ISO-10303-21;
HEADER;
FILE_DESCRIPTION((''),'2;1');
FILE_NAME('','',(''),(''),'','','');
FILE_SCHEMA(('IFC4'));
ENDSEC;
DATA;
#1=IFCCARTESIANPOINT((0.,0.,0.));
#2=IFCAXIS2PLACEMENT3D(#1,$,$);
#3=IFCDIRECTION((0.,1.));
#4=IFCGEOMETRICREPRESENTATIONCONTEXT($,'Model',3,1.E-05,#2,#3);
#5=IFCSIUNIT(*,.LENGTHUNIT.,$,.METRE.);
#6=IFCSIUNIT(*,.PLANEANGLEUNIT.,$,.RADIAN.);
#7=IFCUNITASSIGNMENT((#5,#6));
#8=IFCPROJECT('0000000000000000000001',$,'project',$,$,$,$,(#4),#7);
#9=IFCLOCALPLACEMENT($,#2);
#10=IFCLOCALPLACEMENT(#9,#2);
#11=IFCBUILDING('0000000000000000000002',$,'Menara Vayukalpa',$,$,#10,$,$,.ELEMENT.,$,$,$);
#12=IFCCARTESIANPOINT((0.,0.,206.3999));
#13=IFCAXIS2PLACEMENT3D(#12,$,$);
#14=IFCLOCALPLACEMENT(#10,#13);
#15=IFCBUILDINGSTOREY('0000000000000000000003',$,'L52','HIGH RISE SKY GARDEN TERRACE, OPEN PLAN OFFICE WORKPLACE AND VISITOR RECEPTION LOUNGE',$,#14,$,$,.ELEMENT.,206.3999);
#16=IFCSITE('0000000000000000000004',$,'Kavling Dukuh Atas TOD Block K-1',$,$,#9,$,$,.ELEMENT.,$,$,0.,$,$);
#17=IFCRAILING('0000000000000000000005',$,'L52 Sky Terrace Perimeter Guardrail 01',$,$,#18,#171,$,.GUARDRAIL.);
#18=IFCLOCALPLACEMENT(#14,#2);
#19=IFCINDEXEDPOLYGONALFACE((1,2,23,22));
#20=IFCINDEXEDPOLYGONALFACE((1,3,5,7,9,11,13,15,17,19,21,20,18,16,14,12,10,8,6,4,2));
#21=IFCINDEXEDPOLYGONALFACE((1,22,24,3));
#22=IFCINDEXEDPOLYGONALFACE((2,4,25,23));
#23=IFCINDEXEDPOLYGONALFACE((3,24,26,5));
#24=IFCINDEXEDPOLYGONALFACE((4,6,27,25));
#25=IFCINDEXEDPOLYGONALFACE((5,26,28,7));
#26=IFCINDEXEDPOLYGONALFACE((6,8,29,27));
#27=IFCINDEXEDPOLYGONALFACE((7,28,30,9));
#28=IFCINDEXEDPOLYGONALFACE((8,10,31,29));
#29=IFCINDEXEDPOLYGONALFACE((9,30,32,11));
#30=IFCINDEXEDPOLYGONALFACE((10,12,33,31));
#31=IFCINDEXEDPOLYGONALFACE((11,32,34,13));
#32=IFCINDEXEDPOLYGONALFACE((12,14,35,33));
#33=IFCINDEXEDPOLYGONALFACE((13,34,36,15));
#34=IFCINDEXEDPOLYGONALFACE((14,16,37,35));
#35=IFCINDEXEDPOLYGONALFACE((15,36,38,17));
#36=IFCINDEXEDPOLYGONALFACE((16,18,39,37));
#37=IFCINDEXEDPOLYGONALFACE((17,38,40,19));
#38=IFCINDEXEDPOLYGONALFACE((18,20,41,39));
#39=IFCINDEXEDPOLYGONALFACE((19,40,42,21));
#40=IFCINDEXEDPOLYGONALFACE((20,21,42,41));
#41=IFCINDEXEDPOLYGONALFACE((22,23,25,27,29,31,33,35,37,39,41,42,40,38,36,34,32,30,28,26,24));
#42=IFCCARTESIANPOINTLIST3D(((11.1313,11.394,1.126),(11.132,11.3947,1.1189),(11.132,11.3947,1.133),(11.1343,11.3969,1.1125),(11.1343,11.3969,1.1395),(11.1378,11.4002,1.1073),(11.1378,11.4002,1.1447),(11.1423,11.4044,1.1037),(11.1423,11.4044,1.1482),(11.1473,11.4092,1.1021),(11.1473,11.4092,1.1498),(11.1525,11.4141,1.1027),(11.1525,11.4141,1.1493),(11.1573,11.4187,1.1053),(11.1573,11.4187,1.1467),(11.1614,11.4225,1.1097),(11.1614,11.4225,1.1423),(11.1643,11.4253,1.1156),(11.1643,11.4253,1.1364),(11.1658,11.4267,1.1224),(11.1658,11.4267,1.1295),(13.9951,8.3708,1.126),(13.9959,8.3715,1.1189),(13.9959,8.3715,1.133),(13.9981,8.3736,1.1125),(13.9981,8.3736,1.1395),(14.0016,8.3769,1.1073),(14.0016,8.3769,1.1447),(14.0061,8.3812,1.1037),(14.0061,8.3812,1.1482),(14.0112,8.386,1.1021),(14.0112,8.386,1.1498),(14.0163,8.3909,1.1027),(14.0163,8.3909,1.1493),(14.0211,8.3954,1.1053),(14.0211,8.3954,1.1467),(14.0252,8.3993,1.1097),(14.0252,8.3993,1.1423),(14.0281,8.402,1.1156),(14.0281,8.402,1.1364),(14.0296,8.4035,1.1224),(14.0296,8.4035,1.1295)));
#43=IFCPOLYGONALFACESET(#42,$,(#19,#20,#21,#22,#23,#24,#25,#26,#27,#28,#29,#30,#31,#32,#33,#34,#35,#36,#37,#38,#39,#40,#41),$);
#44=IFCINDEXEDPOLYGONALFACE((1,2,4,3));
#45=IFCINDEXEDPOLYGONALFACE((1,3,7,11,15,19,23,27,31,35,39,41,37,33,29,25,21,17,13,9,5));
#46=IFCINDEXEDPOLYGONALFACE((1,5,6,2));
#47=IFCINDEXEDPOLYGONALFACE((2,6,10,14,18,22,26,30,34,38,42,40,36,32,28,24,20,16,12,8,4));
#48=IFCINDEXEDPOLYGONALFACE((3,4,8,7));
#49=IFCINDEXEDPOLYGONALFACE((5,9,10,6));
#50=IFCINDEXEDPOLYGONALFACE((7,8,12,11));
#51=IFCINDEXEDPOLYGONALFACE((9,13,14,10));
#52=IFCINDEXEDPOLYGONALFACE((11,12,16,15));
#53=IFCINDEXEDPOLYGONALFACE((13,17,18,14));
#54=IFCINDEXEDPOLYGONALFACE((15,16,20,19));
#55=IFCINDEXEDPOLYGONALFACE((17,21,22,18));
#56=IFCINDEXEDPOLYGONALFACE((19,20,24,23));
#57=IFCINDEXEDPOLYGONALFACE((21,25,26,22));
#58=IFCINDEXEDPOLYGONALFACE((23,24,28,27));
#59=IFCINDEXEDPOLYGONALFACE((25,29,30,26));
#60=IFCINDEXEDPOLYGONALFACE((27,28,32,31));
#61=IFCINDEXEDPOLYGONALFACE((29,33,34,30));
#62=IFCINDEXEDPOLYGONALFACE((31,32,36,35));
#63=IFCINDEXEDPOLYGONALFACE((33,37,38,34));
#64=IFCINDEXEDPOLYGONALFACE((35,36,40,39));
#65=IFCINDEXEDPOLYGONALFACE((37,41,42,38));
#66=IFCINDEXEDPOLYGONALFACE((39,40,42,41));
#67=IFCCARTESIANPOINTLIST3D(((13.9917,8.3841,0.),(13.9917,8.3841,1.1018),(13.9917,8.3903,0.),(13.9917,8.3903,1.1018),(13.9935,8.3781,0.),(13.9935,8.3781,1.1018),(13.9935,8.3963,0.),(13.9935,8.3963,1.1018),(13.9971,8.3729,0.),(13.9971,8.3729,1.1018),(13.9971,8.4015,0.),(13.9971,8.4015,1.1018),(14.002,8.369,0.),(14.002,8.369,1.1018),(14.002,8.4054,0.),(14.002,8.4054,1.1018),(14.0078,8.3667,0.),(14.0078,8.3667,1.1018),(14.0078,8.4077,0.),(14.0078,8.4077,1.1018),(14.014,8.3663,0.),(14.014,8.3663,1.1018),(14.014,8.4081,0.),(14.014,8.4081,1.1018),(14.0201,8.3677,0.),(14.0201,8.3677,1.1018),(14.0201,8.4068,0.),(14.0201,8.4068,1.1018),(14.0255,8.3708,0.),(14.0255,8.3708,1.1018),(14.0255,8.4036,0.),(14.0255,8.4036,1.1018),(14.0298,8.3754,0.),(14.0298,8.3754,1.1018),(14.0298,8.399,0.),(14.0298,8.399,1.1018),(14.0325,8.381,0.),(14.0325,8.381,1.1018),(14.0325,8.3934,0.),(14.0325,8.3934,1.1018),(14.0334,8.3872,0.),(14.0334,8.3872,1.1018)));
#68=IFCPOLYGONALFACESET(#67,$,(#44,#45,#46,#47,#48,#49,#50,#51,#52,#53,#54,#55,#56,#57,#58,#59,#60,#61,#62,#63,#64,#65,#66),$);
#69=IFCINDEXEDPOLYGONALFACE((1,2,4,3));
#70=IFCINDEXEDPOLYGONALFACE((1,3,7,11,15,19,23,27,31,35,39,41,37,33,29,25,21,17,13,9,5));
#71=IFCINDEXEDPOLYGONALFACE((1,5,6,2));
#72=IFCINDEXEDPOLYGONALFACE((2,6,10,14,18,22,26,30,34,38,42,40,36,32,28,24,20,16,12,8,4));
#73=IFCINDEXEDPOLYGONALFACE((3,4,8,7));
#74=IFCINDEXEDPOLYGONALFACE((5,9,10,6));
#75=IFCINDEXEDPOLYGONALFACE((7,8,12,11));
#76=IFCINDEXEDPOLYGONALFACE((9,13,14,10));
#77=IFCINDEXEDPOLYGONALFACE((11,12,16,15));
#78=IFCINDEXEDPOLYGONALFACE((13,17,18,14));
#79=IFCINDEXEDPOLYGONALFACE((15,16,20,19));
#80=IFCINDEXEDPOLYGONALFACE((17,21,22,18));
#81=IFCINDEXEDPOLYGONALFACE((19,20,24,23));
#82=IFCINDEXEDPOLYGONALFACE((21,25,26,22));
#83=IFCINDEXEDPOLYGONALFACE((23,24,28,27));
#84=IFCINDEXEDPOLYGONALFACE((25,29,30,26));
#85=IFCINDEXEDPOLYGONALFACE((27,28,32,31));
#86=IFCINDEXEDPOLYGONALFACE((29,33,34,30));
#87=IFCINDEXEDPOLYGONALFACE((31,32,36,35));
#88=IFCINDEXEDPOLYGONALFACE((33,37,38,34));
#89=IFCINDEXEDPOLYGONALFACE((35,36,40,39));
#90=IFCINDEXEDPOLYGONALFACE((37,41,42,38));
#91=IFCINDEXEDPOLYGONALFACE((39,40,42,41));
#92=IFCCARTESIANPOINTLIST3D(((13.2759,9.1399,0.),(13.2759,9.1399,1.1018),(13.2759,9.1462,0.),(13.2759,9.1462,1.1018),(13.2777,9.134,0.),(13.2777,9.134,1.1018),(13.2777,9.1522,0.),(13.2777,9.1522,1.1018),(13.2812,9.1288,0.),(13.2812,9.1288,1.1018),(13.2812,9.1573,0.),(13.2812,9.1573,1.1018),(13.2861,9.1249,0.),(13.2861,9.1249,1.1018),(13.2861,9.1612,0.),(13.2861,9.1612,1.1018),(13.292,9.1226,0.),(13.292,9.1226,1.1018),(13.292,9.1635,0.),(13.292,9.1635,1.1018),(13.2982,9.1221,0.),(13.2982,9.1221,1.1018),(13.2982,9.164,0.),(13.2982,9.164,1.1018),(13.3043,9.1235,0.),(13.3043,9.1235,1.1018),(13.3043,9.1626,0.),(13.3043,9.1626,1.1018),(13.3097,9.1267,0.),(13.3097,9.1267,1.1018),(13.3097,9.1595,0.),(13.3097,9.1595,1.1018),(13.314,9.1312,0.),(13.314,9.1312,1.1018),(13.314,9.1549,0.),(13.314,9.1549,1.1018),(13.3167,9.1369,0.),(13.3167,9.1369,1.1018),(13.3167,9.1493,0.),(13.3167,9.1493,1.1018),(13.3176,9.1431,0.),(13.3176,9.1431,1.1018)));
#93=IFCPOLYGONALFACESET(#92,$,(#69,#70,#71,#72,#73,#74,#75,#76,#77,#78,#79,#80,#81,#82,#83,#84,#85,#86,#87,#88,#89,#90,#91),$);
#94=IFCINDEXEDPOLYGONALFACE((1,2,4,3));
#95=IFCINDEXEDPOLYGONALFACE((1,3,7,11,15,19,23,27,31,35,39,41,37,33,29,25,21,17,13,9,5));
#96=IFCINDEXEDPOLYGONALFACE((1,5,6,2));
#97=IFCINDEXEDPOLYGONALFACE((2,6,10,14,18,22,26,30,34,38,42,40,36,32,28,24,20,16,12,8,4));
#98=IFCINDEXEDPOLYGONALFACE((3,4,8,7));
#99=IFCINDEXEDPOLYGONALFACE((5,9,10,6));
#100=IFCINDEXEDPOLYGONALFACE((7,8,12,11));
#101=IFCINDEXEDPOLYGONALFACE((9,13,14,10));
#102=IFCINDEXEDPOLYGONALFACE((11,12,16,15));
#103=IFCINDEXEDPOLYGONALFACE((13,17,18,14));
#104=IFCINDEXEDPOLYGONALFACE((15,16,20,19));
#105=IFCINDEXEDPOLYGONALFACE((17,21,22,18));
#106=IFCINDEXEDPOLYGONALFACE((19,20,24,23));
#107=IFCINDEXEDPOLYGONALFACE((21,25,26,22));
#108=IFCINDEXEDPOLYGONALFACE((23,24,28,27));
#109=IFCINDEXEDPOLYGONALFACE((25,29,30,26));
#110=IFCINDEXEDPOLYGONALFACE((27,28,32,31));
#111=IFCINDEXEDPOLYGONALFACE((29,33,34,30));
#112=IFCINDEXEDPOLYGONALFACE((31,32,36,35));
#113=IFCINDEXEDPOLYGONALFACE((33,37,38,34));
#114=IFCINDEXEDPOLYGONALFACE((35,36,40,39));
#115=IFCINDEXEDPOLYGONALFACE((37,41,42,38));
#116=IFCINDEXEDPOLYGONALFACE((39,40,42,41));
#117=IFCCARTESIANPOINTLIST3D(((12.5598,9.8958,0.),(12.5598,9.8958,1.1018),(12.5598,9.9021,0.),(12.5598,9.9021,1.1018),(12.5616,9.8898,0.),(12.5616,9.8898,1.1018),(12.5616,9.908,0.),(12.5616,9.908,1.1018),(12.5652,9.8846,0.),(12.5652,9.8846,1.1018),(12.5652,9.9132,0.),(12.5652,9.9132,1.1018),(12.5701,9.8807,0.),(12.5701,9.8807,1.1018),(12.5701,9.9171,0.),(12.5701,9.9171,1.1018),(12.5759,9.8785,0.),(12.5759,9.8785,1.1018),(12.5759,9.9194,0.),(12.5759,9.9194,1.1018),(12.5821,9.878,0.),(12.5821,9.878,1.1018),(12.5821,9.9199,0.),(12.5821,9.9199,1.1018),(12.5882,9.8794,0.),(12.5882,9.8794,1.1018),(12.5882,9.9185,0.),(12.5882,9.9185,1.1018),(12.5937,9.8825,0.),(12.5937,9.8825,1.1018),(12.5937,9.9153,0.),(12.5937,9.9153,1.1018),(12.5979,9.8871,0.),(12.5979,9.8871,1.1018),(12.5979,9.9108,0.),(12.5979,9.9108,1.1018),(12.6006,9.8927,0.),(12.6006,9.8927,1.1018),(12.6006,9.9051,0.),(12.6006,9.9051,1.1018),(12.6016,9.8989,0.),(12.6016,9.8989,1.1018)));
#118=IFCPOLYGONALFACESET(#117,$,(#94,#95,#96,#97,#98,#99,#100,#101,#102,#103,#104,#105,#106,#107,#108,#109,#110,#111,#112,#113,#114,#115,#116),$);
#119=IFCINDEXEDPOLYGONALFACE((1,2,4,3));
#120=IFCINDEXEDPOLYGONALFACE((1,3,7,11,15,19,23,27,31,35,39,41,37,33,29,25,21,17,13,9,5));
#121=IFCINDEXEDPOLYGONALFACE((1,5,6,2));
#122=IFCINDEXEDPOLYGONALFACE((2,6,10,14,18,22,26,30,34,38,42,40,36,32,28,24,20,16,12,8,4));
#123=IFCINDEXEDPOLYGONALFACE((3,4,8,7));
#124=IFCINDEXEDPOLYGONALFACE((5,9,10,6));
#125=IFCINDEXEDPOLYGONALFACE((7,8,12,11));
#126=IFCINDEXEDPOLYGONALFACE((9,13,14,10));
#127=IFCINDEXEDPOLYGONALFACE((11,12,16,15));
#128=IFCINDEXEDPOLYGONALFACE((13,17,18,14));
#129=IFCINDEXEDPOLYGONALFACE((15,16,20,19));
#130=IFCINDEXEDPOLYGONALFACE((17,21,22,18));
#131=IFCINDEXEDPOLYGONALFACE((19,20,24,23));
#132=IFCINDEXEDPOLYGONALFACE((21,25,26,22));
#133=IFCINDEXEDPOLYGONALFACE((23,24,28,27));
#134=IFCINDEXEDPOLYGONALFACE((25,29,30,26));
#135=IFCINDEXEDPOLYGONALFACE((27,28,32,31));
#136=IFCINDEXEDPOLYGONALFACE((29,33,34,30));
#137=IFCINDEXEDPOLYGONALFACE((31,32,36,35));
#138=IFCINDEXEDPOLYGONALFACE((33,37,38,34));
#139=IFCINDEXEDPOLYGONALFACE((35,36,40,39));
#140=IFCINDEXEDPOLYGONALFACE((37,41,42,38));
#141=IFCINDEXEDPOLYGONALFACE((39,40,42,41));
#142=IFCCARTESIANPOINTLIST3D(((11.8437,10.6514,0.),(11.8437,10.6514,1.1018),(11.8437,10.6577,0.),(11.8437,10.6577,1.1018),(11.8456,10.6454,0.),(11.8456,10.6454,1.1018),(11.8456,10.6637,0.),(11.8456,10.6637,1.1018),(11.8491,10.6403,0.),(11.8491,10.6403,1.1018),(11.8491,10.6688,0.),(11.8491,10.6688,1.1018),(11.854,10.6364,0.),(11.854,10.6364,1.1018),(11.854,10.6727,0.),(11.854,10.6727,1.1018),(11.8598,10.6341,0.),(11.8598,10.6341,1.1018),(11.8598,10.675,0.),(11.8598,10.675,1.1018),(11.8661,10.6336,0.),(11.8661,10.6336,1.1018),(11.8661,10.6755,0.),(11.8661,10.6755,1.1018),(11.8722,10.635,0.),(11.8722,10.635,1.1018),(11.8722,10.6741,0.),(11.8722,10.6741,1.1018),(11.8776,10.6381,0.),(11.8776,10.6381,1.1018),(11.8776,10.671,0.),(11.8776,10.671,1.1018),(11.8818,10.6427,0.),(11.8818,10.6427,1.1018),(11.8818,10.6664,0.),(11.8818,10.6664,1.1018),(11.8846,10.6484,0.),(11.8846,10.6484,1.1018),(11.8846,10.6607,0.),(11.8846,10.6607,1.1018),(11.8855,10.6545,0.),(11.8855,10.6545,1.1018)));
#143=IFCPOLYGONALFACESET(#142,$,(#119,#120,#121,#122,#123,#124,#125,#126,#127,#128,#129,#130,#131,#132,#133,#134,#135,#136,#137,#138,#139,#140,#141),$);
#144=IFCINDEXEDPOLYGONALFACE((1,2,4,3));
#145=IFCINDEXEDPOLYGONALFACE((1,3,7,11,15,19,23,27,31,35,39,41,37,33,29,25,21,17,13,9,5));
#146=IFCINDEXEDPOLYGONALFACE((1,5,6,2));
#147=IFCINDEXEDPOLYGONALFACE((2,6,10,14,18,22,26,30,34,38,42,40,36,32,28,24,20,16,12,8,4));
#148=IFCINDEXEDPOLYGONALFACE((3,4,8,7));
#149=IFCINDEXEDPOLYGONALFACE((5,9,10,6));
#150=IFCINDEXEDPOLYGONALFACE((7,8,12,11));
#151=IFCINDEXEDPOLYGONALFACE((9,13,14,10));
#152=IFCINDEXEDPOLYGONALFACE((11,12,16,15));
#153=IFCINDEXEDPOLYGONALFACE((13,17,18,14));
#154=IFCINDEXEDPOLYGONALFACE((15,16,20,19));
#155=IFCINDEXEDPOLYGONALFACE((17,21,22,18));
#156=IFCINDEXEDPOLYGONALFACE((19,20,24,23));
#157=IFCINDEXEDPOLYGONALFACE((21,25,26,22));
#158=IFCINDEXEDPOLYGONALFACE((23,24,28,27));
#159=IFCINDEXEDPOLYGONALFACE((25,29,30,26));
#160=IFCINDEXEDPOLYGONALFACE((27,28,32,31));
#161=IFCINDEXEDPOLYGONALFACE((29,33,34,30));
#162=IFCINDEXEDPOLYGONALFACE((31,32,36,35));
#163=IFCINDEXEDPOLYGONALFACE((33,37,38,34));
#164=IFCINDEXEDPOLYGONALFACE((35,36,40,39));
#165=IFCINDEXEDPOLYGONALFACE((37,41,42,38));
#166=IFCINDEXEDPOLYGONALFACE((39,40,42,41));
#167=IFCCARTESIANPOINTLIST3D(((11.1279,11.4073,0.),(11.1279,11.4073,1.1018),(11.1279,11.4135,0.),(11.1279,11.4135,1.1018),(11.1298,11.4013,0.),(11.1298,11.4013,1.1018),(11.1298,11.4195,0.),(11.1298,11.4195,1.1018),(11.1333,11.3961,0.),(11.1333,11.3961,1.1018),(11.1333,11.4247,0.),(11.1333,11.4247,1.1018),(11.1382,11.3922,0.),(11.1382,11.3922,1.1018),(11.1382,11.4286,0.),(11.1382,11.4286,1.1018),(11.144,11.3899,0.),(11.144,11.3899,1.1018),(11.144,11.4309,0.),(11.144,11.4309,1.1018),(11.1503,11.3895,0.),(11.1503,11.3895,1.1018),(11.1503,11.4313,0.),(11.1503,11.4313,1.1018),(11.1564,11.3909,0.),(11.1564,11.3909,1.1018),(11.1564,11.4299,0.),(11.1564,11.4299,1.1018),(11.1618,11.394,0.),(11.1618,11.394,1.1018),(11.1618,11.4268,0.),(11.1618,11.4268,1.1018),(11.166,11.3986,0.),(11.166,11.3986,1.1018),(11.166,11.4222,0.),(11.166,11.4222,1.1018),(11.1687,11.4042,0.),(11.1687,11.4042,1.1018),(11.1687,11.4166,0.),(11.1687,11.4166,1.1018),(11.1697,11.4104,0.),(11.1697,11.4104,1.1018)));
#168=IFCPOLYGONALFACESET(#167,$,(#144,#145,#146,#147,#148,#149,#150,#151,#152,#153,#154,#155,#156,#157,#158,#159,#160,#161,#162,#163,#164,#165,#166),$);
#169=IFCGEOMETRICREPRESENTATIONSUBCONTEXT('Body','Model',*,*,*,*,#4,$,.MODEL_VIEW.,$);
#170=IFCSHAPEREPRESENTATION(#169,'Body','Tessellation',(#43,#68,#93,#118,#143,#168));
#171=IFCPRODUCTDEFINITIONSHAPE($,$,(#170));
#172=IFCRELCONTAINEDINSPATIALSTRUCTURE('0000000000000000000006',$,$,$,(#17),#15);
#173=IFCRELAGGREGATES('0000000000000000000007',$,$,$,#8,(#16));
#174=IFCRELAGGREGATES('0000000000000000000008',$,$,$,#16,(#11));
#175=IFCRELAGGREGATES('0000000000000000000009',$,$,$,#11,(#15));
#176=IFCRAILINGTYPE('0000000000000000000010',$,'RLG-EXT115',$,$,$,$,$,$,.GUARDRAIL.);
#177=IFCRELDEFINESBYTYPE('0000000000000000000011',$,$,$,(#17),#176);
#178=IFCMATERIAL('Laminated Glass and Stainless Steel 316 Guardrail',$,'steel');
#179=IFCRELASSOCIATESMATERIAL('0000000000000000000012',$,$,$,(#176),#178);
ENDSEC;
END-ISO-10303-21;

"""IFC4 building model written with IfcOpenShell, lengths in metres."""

from ifc_helpers import new_model, si_unit, direction, frame, origin, origin_2d, place, context, subcontext, project, spatial, circle, extrude, material, type_object, element, save


model = new_model("IFC4")

# Units and contexts
model_context = context("Model", 3, precision=1e-05, world=origin(), true_north=direction((0.0, 1.0)))
body_context = subcontext(model_context, "Body", "Model", "MODEL_VIEW")
ifc_project = project(units=[si_unit("LENGTHUNIT", "METRE"), si_unit("PLANEANGLEUNIT", "RADIAN")], contexts=[model_context])

# Site, building, storey
site_placement = place(None, origin())
site = spatial("IfcSite", under=ifc_project, at=site_placement, Name="Kavling Dukuh Atas TOD Block K-1", CompositionType="ELEMENT", RefElevation=0.0)
building_placement = place(site_placement, origin())
building = spatial("IfcBuilding", under=site, at=building_placement, Name="Menara Vayukalpa", CompositionType="ELEMENT")
storey_placement = place(building_placement, frame((0.0, 0.0, 206.3999)))
storey = spatial("IfcBuildingStorey", under=building, at=storey_placement, Name="L52", Description="HIGH RISE SKY GARDEN TERRACE, OPEN PLAN OFFICE WORKPLACE AND VISITOR RECEPTION LOUNGE", CompositionType="ELEMENT", Elevation=206.3999)

# Railing
ifc_material_1 = material(Name="Laminated Glass and Stainless Steel 316 Guardrail", Category="steel")
railing_type = type_object("IfcRailingType", Name="RLG-EXT115", PredefinedType="GUARDRAIL", material=ifc_material_1)
railing_1_placement = place(storey_placement, frame((14.0125, 8.3872, 0.0)))
element("IfcRailing", 1, at=railing_1_placement, inside=storey, type_object=railing_type, Name="L52 Sky Terrace Perimeter Guardrail 01", PredefinedType="GUARDRAIL", context=body_context, shape_type="SweptSolid", body=[
    extrude(circle(Radius=0.0239, at=origin_2d()), frame((0.0, 0.0, 1.126), z_axis=(-0.687706, 0.72599, 0.0), x_axis=(-0.72599, -0.687706, 0.0)), (0.0, 0.0, 1.0), 4.1643),
    extrude(circle(Radius=0.021, at=origin_2d()), origin(), (0.0, 0.0, 1.0), 1.1018),
    extrude(circle(Radius=0.021, at=origin_2d()), frame((-0.7158, 0.7559, 0.0)), (0.0, 0.0, 1.0), 1.1018),
    extrude(circle(Radius=0.021, at=origin_2d()), frame((-1.4319, 1.5117, 0.0)), (0.0, 0.0, 1.0), 1.1018),
    extrude(circle(Radius=0.021, at=origin_2d()), frame((-2.1479, 2.2673, 0.0)), (0.0, 0.0, 1.0), 1.1018),
    extrude(circle(Radius=0.021, at=origin_2d()), frame((-2.8638, 3.0232, 0.0)), (0.0, 0.0, 1.0), 1.1018),
])

save(model, "model.ifc")
